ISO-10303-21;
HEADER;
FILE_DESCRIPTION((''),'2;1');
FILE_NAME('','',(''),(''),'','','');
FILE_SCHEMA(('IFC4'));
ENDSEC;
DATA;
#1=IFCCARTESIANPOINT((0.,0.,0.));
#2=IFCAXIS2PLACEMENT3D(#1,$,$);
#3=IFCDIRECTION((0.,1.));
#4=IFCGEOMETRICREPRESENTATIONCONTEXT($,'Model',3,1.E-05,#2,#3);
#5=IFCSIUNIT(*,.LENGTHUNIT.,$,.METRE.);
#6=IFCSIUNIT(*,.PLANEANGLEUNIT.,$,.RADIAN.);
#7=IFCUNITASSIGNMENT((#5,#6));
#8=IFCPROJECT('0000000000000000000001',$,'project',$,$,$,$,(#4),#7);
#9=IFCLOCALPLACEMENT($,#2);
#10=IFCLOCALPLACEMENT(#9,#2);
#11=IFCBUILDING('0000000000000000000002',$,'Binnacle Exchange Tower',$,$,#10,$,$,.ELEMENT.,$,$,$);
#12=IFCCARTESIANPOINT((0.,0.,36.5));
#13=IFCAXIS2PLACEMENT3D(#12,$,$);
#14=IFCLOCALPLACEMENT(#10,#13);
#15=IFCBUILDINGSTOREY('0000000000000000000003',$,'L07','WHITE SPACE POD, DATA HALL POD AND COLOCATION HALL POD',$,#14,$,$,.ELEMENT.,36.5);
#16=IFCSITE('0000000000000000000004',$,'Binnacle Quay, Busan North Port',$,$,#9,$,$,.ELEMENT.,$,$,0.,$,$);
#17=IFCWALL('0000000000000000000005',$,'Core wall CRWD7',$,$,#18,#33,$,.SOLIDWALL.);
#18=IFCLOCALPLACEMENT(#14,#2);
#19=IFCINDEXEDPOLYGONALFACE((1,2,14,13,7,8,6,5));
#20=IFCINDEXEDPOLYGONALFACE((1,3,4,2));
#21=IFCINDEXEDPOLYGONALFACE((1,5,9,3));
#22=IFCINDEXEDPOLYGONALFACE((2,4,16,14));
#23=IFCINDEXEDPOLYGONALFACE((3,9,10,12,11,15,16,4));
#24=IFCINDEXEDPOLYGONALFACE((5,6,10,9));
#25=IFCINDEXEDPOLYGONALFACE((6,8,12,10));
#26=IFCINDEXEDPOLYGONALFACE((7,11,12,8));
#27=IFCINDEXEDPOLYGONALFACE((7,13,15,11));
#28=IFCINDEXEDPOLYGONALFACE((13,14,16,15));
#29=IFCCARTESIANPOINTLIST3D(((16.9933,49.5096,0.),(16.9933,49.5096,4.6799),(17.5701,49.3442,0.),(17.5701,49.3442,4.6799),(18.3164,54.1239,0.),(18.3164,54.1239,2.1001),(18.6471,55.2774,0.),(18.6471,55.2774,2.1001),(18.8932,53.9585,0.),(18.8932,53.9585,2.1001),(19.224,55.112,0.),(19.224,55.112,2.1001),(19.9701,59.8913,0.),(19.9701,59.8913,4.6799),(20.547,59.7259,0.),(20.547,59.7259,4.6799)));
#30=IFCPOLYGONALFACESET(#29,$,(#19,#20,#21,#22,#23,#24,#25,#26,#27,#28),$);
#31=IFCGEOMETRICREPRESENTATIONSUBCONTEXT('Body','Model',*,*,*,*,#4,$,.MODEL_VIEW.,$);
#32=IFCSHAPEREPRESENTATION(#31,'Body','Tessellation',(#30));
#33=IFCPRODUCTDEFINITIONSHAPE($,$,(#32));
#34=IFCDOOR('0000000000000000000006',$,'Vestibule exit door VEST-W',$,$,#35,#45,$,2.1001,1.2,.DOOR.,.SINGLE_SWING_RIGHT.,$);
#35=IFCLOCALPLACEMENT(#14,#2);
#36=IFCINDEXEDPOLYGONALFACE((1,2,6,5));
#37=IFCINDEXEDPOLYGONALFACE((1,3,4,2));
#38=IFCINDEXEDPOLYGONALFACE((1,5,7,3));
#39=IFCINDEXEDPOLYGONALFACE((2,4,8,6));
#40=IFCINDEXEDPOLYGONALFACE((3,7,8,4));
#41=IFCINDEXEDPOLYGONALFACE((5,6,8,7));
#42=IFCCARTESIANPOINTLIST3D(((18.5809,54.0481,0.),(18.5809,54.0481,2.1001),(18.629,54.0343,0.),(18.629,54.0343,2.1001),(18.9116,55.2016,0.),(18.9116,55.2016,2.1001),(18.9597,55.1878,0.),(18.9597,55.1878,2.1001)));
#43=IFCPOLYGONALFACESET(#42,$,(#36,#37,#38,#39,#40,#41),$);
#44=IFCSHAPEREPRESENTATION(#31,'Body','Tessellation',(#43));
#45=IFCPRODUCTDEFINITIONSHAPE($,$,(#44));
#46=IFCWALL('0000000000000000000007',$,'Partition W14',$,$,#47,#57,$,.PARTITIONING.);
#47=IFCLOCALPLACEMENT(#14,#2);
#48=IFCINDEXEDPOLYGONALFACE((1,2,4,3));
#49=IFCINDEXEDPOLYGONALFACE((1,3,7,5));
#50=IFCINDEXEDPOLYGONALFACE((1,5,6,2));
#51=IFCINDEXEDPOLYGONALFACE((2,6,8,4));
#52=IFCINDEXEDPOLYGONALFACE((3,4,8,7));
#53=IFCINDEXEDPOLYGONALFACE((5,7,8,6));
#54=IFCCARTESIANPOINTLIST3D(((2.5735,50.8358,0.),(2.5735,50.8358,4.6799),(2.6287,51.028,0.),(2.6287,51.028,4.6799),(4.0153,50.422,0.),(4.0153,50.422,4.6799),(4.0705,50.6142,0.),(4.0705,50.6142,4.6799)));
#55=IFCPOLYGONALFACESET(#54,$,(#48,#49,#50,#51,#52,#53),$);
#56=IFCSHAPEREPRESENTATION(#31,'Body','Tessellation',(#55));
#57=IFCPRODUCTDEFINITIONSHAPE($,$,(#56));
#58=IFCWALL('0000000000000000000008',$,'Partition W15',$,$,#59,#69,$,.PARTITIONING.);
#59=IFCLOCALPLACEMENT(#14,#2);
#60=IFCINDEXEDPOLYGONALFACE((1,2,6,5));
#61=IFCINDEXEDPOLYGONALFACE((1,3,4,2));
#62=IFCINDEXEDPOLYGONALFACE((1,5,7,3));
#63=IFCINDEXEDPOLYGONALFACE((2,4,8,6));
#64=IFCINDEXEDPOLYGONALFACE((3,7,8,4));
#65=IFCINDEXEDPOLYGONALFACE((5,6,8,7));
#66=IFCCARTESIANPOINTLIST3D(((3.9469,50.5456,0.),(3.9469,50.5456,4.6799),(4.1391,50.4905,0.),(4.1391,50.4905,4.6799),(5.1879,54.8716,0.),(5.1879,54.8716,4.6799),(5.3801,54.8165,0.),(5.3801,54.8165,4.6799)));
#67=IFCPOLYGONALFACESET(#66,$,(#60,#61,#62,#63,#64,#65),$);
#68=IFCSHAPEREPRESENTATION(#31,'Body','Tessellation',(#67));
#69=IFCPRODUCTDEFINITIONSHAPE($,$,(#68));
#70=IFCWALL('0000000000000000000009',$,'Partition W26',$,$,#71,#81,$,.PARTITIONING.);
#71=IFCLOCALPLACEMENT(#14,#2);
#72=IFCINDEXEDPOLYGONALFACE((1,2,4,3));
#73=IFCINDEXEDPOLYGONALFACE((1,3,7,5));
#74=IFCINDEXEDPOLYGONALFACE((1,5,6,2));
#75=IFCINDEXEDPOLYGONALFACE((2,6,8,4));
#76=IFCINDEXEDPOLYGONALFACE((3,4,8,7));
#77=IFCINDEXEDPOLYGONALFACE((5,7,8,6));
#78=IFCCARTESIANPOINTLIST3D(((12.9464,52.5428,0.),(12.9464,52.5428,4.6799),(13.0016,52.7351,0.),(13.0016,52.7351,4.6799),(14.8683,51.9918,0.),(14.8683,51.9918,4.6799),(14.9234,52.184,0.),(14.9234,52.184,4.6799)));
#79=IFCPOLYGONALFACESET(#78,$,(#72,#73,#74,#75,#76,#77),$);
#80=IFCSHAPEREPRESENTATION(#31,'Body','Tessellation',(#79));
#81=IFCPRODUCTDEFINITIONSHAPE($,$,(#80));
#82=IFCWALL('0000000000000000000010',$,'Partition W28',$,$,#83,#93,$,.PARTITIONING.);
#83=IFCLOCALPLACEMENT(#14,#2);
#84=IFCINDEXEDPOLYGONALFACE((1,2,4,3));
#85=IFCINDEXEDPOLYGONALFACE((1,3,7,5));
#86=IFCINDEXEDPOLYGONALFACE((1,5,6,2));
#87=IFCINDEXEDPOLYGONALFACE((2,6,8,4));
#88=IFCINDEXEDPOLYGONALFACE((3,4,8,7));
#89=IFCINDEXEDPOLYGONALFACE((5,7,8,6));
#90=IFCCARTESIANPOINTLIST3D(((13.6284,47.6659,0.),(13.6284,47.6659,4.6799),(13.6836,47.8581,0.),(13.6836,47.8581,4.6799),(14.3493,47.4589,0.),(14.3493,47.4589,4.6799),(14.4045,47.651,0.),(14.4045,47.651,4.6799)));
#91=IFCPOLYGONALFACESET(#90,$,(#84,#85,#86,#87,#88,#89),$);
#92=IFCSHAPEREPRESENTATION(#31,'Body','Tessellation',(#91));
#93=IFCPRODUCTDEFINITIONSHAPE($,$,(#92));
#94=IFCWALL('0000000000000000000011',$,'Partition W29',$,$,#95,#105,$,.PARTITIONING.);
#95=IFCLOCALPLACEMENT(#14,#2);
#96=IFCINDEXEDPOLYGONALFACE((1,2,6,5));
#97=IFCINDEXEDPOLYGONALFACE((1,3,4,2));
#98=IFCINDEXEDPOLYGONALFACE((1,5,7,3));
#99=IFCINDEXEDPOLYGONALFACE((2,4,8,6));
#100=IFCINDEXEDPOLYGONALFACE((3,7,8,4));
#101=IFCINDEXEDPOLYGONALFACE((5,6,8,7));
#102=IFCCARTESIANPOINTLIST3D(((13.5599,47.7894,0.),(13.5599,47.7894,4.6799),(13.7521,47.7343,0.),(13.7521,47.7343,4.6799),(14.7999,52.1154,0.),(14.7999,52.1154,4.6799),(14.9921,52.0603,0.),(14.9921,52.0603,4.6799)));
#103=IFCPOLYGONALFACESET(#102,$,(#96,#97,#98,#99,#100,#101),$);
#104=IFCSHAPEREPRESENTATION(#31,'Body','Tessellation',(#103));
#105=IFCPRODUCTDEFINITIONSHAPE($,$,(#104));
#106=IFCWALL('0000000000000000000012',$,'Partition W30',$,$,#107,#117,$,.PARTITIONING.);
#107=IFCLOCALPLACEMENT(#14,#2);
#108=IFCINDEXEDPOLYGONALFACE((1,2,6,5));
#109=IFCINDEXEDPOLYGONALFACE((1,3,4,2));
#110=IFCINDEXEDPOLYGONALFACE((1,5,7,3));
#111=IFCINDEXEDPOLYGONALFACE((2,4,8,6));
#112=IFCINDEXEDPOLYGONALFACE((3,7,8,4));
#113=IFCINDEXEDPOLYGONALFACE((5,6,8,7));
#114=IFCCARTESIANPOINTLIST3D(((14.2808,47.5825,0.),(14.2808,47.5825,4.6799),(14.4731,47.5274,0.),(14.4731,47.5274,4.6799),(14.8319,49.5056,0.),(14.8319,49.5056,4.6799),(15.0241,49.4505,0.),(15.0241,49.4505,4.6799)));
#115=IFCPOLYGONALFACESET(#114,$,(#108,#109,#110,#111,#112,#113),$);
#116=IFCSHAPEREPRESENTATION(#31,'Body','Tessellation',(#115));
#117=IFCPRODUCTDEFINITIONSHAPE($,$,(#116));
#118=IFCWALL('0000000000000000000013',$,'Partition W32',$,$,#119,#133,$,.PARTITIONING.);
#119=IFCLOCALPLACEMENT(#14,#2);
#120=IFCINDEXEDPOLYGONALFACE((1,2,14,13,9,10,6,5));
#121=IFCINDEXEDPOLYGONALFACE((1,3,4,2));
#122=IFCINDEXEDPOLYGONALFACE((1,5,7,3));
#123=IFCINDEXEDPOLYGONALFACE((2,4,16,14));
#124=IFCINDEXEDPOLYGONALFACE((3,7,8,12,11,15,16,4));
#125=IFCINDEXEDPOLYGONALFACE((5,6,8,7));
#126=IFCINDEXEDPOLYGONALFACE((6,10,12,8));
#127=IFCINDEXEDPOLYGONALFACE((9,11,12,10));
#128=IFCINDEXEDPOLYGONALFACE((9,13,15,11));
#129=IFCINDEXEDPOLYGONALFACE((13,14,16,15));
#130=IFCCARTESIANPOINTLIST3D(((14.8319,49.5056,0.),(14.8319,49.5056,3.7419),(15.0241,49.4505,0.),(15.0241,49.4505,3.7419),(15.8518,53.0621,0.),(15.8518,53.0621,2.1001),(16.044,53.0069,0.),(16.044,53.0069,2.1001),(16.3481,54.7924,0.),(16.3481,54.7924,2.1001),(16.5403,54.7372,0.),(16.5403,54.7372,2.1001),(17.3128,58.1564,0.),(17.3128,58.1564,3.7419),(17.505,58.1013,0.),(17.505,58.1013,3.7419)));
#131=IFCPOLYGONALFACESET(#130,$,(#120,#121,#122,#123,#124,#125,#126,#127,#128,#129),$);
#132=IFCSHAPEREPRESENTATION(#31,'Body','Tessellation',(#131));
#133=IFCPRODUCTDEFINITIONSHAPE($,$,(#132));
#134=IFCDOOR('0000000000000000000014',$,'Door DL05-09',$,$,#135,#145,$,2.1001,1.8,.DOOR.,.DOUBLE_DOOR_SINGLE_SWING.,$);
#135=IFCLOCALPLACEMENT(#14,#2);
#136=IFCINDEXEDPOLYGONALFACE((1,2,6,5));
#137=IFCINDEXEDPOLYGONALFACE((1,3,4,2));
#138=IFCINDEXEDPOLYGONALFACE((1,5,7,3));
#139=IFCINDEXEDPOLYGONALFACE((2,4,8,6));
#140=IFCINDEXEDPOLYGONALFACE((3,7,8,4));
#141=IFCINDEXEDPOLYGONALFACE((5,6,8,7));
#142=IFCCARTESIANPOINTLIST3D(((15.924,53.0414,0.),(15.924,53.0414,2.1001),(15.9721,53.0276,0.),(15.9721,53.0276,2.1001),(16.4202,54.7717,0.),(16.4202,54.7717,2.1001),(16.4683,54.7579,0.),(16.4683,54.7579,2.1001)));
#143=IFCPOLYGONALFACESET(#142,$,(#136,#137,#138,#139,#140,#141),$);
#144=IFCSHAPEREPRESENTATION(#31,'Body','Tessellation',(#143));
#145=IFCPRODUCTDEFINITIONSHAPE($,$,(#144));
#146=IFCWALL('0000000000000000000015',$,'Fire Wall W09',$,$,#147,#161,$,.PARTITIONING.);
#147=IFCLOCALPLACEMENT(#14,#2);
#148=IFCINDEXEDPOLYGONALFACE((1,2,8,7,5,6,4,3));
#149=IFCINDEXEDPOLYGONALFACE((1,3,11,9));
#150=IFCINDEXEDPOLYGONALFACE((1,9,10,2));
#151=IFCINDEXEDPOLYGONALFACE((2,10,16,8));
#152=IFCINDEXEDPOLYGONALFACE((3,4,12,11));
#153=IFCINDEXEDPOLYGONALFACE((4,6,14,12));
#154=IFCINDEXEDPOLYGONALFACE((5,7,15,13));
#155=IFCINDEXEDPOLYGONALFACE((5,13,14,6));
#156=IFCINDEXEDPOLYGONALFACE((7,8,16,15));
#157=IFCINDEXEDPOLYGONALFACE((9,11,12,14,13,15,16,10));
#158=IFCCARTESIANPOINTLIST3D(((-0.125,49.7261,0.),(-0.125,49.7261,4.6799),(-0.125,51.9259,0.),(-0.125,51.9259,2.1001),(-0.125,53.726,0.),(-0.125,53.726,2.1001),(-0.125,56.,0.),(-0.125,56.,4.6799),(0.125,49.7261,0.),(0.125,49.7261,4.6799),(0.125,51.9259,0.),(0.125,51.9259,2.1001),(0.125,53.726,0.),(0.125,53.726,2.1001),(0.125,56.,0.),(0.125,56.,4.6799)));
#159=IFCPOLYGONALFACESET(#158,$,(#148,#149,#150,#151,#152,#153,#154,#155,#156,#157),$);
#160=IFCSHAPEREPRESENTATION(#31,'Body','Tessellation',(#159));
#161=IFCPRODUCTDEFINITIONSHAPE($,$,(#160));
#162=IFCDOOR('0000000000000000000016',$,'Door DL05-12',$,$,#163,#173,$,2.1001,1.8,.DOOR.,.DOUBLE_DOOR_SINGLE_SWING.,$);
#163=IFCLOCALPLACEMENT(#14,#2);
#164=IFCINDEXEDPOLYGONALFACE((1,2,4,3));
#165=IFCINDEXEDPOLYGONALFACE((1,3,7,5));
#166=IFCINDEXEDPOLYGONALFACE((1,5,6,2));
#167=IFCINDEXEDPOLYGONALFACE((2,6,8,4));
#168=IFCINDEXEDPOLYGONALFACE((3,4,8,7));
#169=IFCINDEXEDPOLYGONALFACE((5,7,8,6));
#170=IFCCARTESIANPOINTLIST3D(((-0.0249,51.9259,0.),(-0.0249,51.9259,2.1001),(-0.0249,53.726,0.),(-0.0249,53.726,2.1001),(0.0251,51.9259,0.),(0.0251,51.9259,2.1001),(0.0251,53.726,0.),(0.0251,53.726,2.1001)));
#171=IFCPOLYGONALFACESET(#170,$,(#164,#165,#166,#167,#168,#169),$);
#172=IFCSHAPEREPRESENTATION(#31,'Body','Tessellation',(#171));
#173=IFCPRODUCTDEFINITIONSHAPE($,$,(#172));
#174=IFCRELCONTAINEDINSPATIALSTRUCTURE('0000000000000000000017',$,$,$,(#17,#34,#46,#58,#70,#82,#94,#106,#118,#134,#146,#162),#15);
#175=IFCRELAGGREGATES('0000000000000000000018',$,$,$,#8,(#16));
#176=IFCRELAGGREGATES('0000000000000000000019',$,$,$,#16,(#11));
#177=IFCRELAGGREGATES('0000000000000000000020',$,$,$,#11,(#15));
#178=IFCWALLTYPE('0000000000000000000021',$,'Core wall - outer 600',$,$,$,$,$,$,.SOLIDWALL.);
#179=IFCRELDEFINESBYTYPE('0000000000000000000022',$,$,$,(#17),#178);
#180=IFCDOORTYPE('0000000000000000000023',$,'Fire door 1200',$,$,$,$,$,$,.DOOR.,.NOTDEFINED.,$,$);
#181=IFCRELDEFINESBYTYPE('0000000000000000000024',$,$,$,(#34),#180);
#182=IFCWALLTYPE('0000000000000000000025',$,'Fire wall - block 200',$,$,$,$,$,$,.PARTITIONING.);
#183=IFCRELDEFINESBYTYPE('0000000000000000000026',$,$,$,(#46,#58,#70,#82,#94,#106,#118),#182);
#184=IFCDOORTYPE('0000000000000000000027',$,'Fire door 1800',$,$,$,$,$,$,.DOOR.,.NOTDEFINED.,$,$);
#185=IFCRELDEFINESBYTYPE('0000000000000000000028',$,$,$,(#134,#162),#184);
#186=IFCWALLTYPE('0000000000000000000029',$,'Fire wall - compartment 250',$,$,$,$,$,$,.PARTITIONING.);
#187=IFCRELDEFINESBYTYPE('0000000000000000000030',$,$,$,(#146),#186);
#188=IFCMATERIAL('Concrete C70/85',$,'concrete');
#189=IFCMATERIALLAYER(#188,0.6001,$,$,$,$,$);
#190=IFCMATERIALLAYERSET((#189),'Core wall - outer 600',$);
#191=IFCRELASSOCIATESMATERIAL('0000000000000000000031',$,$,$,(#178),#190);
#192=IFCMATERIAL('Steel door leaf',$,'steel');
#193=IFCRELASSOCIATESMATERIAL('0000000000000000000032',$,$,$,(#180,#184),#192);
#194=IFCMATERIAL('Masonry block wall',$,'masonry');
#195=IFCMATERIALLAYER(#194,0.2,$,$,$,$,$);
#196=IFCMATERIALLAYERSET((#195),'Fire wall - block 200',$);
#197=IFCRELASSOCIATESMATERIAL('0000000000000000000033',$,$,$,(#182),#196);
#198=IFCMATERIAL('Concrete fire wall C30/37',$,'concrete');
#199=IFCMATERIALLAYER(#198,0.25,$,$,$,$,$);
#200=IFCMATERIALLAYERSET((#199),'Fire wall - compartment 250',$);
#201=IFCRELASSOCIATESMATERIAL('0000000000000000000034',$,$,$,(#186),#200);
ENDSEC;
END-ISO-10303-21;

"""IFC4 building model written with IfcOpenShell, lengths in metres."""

from ifc_helpers import new_model, si_unit, direction, frame, frame_2d, origin, place, context, subcontext, project, spatial, rectangle, extrude, material, layer, layer_set, type_object, element, fill, save


model = new_model("IFC4")

# Units and contexts
model_context = context("Model", 3, precision=1e-05, world=origin(), true_north=direction((0.0, 1.0)))
body_context = subcontext(model_context, "Body", "Model", "MODEL_VIEW")
ifc_project = project(units=[si_unit("LENGTHUNIT", "METRE"), si_unit("PLANEANGLEUNIT", "RADIAN")], contexts=[model_context])

# Site, building, storey
site_placement = place(None, origin())
site = spatial("IfcSite", under=ifc_project, at=site_placement, Name="Binnacle Quay, Busan North Port", CompositionType="ELEMENT", RefElevation=0.0)
building_placement = place(site_placement, origin())
building = spatial("IfcBuilding", under=site, at=building_placement, Name="Binnacle Exchange Tower", CompositionType="ELEMENT")
storey_placement = place(building_placement, frame((0.0, 0.0, 36.5)))
storey = spatial("IfcBuildingStorey", under=building, at=storey_placement, Name="L07", Description="WHITE SPACE POD, DATA HALL POD AND COLOCATION HALL POD", CompositionType="ELEMENT", Elevation=36.5)

# Shared definitions
ifc_material_1 = material(Name="Concrete C70/85", Category="concrete")

# Shared definitions
ifc_layer_1 = layer(ifc_material_1, 0.6001)
ifc_layer_set_1 = layer_set([ifc_layer_1], Name="Core wall - outer 600")
wall_type_1 = type_object("IfcWallType", Name="Core wall - outer 600", PredefinedType="SOLIDWALL", material=ifc_layer_set_1)

# Wall, opening, door
wall_1_placement = place(storey_placement, frame((17.2817, 49.427, 0.0), z_axis=(0.0, 0.0, 1.0), x_axis=(0.275632, 0.961263, 0.0)))
wall_1 = element("IfcWall", 1, at=wall_1_placement, inside=storey, type_object=wall_type_1, Name="Core wall CRWD7", PredefinedType="SOLIDWALL", context=body_context, shape_type="SweptSolid", body=[
    extrude(rectangle(XDim=10.8, YDim=0.6001, at=frame_2d((5.3999, 0.0))), origin(), (0.0, 0.0, 1.0), 4.6799),
])
opening_1_placement = place(wall_1_placement, frame((4.8, 0.0, 0.0)))
opening_1 = element("IfcOpeningElement", 2, at=opening_1_placement, cuts=wall_1, PredefinedType="OPENING", context=body_context, shape_type="SweptSolid", body=[
    extrude(rectangle(XDim=1.2, YDim=2.1001, at=frame_2d((0.6001, 1.05))), frame((0.0, 0.3101, 0.0), z_axis=(0.0, -1.0, 0.0), x_axis=(1.0, 0.0, 0.0)), (0.0, 0.0, 1.0), 0.6201),
])
ifc_material_2 = material(Name="Steel door leaf", Category="steel")
door_type_1 = type_object("IfcDoorType", Name="Fire door 1200", OperationType="NOTDEFINED", PredefinedType="DOOR", material=ifc_material_2)
door_1_placement = place(opening_1_placement, origin())
door_1 = element("IfcDoor", 3, at=door_1_placement, inside=storey, type_object=door_type_1, Name="Vestibule exit door VEST-W", OperationType="SINGLE_SWING_RIGHT", OverallHeight=2.1001, OverallWidth=1.2, PredefinedType="DOOR", context=body_context, shape_type="SweptSolid", body=[
    extrude(rectangle(XDim=1.2, YDim=2.1001, at=frame_2d((0.6001, 1.05))), frame((0.0, 0.0249, 0.0), z_axis=(0.0, -1.0, 0.0), x_axis=(1.0, 0.0, 0.0)), (0.0, 0.0, 1.0), 0.05),
])
fill(opening_1, door_1)

# Walls
ifc_material_3 = material(Name="Masonry block wall", Category="masonry")
ifc_layer_2 = layer(ifc_material_3, 0.2)
ifc_layer_set_2 = layer_set([ifc_layer_2], Name="Fire wall - block 200")
wall_type_2 = type_object("IfcWallType", Name="Fire wall - block 200", PredefinedType="PARTITIONING", material=ifc_layer_set_2)
wall_2_placement = place(storey_placement, frame((2.6011, 50.9319, 0.0), z_axis=(0.0, 0.0, 1.0), x_axis=(0.961198, -0.27586, 0.0)))
element("IfcWall", 4, at=wall_2_placement, inside=storey, type_object=wall_type_2, Name="Partition W14", PredefinedType="PARTITIONING", context=body_context, shape_type="SweptSolid", body=[
    extrude(rectangle(XDim=1.5, YDim=0.2, at=frame_2d((0.75, 0.0))), origin(), (0.0, 0.0, 1.0), 4.6799),
])
wall_3_placement = place(storey_placement, frame((4.043, 50.5181, 0.0), z_axis=(0.0, 0.0, 1.0), x_axis=(0.275746, 0.961231, 0.0)))
element("IfcWall", 5, at=wall_3_placement, inside=storey, type_object=wall_type_2, Name="Partition W15", PredefinedType="PARTITIONING", context=body_context, shape_type="SweptSolid", body=[
    extrude(rectangle(XDim=4.5005, YDim=0.2, at=frame_2d((2.2502, 0.0))), origin(), (0.0, 0.0, 1.0), 4.6799),
])
wall_4_placement = place(storey_placement, frame((12.9741, 52.6389, 0.0), z_axis=(0.0, 0.0, 1.0), x_axis=(0.96127, -0.275608, 0.0)))
element("IfcWall", 6, at=wall_4_placement, inside=storey, type_object=wall_type_2, Name="Partition W26", PredefinedType="PARTITIONING", context=body_context, shape_type="SweptSolid", body=[
    extrude(rectangle(XDim=1.9993, YDim=0.2, at=frame_2d((0.9995, 0.0))), origin(), (0.0, 0.0, 1.0), 4.6799),
])
wall_5_placement = place(storey_placement, frame((13.656, 47.762, 0.0), z_axis=(0.0, 0.0, 1.0), x_axis=(0.961155, -0.276011, 0.0)))
element("IfcWall", 7, at=wall_5_placement, inside=storey, type_object=wall_type_2, Name="Partition W28", PredefinedType="PARTITIONING", context=body_context, shape_type="SweptSolid", body=[
    extrude(rectangle(XDim=0.75, YDim=0.2, at=frame_2d((0.375, 0.0))), origin(), (0.0, 0.0, 1.0), 4.6799),
])
wall_6_placement = place(storey_placement, frame((13.656, 47.762, 0.0), z_axis=(0.0, 0.0, 1.0), x_axis=(0.275545, 0.961288, 0.0)))
element("IfcWall", 8, at=wall_6_placement, inside=storey, type_object=wall_type_2, Name="Partition W29", PredefinedType="PARTITIONING", context=body_context, shape_type="SweptSolid", body=[
    extrude(rectangle(XDim=4.5002, YDim=0.2, at=frame_2d((2.25, 0.0))), origin(), (0.0, 0.0, 1.0), 4.6799),
])
wall_7_placement = place(storey_placement, frame((14.377, 47.5549, 0.0), z_axis=(0.0, 0.0, 1.0), x_axis=(0.275446, 0.961316, 0.0)))
element("IfcWall", 9, at=wall_7_placement, inside=storey, type_object=wall_type_2, Name="Partition W30", PredefinedType="PARTITIONING", context=body_context, shape_type="SweptSolid", body=[
    extrude(rectangle(XDim=2.0005, YDim=0.2, at=frame_2d((1.0002, 0.0))), origin(), (0.0, 0.0, 1.0), 4.6799),
])

# Walls, openings, doors
wall_8_placement = place(storey_placement, frame((14.928, 49.478, 0.0), z_axis=(0.0, 0.0, 1.0), x_axis=(0.275674, 0.961251, 0.0)))
wall_8 = element("IfcWall", 10, at=wall_8_placement, inside=storey, type_object=wall_type_2, Name="Partition W32", PredefinedType="PARTITIONING", context=body_context, shape_type="SweptSolid", body=[
    extrude(rectangle(XDim=8.9995, YDim=0.2, at=frame_2d((4.4998, 0.0))), origin(), (0.0, 0.0, 1.0), 3.7419),
])
opening_2_placement = place(wall_8_placement, frame((3.7, 0.0, 0.0)))
opening_2 = element("IfcOpeningElement", 11, at=opening_2_placement, cuts=wall_8, PredefinedType="OPENING", context=body_context, shape_type="SweptSolid", body=[
    extrude(rectangle(XDim=1.8, YDim=2.1001, at=frame_2d((0.8999, 1.05))), frame((0.0, 0.1099, 0.0), z_axis=(0.0, -1.0, 0.0), x_axis=(1.0, 0.0, 0.0)), (0.0, 0.0, 1.0), 0.22),
])
door_type_2 = type_object("IfcDoorType", Name="Fire door 1800", OperationType="NOTDEFINED", PredefinedType="DOOR", material=ifc_material_2)
door_2_placement = place(opening_2_placement, origin())
door_2 = element("IfcDoor", 12, at=door_2_placement, inside=storey, type_object=door_type_2, Name="Door DL05-09", OperationType="DOUBLE_DOOR_SINGLE_SWING", OverallHeight=2.1001, OverallWidth=1.8, PredefinedType="DOOR", context=body_context, shape_type="SweptSolid", body=[
    extrude(rectangle(XDim=1.8, YDim=2.1001, at=frame_2d((0.8999, 1.05))), frame((0.0, 0.0249, 0.0), z_axis=(0.0, -1.0, 0.0), x_axis=(1.0, 0.0, 0.0)), (0.0, 0.0, 1.0), 0.05),
])
fill(opening_2, door_2)
ifc_material_4 = material(Name="Concrete fire wall C30/37", Category="concrete")
ifc_layer_3 = layer(ifc_material_4, 0.25)
ifc_layer_set_3 = layer_set([ifc_layer_3], Name="Fire wall - compartment 250")
wall_type_3 = type_object("IfcWallType", Name="Fire wall - compartment 250", PredefinedType="PARTITIONING", material=ifc_layer_set_3)
wall_9_placement = place(storey_placement, frame((0.0, 49.7261, 0.0), z_axis=(0.0, 0.0, 1.0), x_axis=(0.0, 1.0, 0.0)))
wall_9 = element("IfcWall", 13, at=wall_9_placement, inside=storey, type_object=wall_type_3, Name="Fire Wall W09", PredefinedType="PARTITIONING", context=body_context, shape_type="SweptSolid", body=[
    extrude(rectangle(XDim=6.2739, YDim=0.25, at=frame_2d((3.137, 0.0))), origin(), (0.0, 0.0, 1.0), 4.6799),
])
opening_3_placement = place(wall_9_placement, frame((2.2, 0.0, 0.0)))
opening_3 = element("IfcOpeningElement", 14, at=opening_3_placement, cuts=wall_9, PredefinedType="OPENING", context=body_context, shape_type="SweptSolid", body=[
    extrude(rectangle(XDim=1.8, YDim=2.1001, at=frame_2d((0.8999, 1.05))), frame((0.0, 0.135, 0.0), z_axis=(0.0, -1.0, 0.0), x_axis=(1.0, 0.0, 0.0)), (0.0, 0.0, 1.0), 0.27),
])
door_3_placement = place(opening_3_placement, origin())
door_3 = element("IfcDoor", 15, at=door_3_placement, inside=storey, type_object=door_type_2, Name="Door DL05-12", OperationType="DOUBLE_DOOR_SINGLE_SWING", OverallHeight=2.1001, OverallWidth=1.8, PredefinedType="DOOR", context=body_context, shape_type="SweptSolid", body=[
    extrude(rectangle(XDim=1.8, YDim=2.1001, at=frame_2d((0.8999, 1.05))), frame((0.0, 0.0249, 0.0), z_axis=(0.0, -1.0, 0.0), x_axis=(1.0, 0.0, 0.0)), (0.0, 0.0, 1.0), 0.05),
])
fill(opening_3, door_3)

save(model, "model.ifc")
